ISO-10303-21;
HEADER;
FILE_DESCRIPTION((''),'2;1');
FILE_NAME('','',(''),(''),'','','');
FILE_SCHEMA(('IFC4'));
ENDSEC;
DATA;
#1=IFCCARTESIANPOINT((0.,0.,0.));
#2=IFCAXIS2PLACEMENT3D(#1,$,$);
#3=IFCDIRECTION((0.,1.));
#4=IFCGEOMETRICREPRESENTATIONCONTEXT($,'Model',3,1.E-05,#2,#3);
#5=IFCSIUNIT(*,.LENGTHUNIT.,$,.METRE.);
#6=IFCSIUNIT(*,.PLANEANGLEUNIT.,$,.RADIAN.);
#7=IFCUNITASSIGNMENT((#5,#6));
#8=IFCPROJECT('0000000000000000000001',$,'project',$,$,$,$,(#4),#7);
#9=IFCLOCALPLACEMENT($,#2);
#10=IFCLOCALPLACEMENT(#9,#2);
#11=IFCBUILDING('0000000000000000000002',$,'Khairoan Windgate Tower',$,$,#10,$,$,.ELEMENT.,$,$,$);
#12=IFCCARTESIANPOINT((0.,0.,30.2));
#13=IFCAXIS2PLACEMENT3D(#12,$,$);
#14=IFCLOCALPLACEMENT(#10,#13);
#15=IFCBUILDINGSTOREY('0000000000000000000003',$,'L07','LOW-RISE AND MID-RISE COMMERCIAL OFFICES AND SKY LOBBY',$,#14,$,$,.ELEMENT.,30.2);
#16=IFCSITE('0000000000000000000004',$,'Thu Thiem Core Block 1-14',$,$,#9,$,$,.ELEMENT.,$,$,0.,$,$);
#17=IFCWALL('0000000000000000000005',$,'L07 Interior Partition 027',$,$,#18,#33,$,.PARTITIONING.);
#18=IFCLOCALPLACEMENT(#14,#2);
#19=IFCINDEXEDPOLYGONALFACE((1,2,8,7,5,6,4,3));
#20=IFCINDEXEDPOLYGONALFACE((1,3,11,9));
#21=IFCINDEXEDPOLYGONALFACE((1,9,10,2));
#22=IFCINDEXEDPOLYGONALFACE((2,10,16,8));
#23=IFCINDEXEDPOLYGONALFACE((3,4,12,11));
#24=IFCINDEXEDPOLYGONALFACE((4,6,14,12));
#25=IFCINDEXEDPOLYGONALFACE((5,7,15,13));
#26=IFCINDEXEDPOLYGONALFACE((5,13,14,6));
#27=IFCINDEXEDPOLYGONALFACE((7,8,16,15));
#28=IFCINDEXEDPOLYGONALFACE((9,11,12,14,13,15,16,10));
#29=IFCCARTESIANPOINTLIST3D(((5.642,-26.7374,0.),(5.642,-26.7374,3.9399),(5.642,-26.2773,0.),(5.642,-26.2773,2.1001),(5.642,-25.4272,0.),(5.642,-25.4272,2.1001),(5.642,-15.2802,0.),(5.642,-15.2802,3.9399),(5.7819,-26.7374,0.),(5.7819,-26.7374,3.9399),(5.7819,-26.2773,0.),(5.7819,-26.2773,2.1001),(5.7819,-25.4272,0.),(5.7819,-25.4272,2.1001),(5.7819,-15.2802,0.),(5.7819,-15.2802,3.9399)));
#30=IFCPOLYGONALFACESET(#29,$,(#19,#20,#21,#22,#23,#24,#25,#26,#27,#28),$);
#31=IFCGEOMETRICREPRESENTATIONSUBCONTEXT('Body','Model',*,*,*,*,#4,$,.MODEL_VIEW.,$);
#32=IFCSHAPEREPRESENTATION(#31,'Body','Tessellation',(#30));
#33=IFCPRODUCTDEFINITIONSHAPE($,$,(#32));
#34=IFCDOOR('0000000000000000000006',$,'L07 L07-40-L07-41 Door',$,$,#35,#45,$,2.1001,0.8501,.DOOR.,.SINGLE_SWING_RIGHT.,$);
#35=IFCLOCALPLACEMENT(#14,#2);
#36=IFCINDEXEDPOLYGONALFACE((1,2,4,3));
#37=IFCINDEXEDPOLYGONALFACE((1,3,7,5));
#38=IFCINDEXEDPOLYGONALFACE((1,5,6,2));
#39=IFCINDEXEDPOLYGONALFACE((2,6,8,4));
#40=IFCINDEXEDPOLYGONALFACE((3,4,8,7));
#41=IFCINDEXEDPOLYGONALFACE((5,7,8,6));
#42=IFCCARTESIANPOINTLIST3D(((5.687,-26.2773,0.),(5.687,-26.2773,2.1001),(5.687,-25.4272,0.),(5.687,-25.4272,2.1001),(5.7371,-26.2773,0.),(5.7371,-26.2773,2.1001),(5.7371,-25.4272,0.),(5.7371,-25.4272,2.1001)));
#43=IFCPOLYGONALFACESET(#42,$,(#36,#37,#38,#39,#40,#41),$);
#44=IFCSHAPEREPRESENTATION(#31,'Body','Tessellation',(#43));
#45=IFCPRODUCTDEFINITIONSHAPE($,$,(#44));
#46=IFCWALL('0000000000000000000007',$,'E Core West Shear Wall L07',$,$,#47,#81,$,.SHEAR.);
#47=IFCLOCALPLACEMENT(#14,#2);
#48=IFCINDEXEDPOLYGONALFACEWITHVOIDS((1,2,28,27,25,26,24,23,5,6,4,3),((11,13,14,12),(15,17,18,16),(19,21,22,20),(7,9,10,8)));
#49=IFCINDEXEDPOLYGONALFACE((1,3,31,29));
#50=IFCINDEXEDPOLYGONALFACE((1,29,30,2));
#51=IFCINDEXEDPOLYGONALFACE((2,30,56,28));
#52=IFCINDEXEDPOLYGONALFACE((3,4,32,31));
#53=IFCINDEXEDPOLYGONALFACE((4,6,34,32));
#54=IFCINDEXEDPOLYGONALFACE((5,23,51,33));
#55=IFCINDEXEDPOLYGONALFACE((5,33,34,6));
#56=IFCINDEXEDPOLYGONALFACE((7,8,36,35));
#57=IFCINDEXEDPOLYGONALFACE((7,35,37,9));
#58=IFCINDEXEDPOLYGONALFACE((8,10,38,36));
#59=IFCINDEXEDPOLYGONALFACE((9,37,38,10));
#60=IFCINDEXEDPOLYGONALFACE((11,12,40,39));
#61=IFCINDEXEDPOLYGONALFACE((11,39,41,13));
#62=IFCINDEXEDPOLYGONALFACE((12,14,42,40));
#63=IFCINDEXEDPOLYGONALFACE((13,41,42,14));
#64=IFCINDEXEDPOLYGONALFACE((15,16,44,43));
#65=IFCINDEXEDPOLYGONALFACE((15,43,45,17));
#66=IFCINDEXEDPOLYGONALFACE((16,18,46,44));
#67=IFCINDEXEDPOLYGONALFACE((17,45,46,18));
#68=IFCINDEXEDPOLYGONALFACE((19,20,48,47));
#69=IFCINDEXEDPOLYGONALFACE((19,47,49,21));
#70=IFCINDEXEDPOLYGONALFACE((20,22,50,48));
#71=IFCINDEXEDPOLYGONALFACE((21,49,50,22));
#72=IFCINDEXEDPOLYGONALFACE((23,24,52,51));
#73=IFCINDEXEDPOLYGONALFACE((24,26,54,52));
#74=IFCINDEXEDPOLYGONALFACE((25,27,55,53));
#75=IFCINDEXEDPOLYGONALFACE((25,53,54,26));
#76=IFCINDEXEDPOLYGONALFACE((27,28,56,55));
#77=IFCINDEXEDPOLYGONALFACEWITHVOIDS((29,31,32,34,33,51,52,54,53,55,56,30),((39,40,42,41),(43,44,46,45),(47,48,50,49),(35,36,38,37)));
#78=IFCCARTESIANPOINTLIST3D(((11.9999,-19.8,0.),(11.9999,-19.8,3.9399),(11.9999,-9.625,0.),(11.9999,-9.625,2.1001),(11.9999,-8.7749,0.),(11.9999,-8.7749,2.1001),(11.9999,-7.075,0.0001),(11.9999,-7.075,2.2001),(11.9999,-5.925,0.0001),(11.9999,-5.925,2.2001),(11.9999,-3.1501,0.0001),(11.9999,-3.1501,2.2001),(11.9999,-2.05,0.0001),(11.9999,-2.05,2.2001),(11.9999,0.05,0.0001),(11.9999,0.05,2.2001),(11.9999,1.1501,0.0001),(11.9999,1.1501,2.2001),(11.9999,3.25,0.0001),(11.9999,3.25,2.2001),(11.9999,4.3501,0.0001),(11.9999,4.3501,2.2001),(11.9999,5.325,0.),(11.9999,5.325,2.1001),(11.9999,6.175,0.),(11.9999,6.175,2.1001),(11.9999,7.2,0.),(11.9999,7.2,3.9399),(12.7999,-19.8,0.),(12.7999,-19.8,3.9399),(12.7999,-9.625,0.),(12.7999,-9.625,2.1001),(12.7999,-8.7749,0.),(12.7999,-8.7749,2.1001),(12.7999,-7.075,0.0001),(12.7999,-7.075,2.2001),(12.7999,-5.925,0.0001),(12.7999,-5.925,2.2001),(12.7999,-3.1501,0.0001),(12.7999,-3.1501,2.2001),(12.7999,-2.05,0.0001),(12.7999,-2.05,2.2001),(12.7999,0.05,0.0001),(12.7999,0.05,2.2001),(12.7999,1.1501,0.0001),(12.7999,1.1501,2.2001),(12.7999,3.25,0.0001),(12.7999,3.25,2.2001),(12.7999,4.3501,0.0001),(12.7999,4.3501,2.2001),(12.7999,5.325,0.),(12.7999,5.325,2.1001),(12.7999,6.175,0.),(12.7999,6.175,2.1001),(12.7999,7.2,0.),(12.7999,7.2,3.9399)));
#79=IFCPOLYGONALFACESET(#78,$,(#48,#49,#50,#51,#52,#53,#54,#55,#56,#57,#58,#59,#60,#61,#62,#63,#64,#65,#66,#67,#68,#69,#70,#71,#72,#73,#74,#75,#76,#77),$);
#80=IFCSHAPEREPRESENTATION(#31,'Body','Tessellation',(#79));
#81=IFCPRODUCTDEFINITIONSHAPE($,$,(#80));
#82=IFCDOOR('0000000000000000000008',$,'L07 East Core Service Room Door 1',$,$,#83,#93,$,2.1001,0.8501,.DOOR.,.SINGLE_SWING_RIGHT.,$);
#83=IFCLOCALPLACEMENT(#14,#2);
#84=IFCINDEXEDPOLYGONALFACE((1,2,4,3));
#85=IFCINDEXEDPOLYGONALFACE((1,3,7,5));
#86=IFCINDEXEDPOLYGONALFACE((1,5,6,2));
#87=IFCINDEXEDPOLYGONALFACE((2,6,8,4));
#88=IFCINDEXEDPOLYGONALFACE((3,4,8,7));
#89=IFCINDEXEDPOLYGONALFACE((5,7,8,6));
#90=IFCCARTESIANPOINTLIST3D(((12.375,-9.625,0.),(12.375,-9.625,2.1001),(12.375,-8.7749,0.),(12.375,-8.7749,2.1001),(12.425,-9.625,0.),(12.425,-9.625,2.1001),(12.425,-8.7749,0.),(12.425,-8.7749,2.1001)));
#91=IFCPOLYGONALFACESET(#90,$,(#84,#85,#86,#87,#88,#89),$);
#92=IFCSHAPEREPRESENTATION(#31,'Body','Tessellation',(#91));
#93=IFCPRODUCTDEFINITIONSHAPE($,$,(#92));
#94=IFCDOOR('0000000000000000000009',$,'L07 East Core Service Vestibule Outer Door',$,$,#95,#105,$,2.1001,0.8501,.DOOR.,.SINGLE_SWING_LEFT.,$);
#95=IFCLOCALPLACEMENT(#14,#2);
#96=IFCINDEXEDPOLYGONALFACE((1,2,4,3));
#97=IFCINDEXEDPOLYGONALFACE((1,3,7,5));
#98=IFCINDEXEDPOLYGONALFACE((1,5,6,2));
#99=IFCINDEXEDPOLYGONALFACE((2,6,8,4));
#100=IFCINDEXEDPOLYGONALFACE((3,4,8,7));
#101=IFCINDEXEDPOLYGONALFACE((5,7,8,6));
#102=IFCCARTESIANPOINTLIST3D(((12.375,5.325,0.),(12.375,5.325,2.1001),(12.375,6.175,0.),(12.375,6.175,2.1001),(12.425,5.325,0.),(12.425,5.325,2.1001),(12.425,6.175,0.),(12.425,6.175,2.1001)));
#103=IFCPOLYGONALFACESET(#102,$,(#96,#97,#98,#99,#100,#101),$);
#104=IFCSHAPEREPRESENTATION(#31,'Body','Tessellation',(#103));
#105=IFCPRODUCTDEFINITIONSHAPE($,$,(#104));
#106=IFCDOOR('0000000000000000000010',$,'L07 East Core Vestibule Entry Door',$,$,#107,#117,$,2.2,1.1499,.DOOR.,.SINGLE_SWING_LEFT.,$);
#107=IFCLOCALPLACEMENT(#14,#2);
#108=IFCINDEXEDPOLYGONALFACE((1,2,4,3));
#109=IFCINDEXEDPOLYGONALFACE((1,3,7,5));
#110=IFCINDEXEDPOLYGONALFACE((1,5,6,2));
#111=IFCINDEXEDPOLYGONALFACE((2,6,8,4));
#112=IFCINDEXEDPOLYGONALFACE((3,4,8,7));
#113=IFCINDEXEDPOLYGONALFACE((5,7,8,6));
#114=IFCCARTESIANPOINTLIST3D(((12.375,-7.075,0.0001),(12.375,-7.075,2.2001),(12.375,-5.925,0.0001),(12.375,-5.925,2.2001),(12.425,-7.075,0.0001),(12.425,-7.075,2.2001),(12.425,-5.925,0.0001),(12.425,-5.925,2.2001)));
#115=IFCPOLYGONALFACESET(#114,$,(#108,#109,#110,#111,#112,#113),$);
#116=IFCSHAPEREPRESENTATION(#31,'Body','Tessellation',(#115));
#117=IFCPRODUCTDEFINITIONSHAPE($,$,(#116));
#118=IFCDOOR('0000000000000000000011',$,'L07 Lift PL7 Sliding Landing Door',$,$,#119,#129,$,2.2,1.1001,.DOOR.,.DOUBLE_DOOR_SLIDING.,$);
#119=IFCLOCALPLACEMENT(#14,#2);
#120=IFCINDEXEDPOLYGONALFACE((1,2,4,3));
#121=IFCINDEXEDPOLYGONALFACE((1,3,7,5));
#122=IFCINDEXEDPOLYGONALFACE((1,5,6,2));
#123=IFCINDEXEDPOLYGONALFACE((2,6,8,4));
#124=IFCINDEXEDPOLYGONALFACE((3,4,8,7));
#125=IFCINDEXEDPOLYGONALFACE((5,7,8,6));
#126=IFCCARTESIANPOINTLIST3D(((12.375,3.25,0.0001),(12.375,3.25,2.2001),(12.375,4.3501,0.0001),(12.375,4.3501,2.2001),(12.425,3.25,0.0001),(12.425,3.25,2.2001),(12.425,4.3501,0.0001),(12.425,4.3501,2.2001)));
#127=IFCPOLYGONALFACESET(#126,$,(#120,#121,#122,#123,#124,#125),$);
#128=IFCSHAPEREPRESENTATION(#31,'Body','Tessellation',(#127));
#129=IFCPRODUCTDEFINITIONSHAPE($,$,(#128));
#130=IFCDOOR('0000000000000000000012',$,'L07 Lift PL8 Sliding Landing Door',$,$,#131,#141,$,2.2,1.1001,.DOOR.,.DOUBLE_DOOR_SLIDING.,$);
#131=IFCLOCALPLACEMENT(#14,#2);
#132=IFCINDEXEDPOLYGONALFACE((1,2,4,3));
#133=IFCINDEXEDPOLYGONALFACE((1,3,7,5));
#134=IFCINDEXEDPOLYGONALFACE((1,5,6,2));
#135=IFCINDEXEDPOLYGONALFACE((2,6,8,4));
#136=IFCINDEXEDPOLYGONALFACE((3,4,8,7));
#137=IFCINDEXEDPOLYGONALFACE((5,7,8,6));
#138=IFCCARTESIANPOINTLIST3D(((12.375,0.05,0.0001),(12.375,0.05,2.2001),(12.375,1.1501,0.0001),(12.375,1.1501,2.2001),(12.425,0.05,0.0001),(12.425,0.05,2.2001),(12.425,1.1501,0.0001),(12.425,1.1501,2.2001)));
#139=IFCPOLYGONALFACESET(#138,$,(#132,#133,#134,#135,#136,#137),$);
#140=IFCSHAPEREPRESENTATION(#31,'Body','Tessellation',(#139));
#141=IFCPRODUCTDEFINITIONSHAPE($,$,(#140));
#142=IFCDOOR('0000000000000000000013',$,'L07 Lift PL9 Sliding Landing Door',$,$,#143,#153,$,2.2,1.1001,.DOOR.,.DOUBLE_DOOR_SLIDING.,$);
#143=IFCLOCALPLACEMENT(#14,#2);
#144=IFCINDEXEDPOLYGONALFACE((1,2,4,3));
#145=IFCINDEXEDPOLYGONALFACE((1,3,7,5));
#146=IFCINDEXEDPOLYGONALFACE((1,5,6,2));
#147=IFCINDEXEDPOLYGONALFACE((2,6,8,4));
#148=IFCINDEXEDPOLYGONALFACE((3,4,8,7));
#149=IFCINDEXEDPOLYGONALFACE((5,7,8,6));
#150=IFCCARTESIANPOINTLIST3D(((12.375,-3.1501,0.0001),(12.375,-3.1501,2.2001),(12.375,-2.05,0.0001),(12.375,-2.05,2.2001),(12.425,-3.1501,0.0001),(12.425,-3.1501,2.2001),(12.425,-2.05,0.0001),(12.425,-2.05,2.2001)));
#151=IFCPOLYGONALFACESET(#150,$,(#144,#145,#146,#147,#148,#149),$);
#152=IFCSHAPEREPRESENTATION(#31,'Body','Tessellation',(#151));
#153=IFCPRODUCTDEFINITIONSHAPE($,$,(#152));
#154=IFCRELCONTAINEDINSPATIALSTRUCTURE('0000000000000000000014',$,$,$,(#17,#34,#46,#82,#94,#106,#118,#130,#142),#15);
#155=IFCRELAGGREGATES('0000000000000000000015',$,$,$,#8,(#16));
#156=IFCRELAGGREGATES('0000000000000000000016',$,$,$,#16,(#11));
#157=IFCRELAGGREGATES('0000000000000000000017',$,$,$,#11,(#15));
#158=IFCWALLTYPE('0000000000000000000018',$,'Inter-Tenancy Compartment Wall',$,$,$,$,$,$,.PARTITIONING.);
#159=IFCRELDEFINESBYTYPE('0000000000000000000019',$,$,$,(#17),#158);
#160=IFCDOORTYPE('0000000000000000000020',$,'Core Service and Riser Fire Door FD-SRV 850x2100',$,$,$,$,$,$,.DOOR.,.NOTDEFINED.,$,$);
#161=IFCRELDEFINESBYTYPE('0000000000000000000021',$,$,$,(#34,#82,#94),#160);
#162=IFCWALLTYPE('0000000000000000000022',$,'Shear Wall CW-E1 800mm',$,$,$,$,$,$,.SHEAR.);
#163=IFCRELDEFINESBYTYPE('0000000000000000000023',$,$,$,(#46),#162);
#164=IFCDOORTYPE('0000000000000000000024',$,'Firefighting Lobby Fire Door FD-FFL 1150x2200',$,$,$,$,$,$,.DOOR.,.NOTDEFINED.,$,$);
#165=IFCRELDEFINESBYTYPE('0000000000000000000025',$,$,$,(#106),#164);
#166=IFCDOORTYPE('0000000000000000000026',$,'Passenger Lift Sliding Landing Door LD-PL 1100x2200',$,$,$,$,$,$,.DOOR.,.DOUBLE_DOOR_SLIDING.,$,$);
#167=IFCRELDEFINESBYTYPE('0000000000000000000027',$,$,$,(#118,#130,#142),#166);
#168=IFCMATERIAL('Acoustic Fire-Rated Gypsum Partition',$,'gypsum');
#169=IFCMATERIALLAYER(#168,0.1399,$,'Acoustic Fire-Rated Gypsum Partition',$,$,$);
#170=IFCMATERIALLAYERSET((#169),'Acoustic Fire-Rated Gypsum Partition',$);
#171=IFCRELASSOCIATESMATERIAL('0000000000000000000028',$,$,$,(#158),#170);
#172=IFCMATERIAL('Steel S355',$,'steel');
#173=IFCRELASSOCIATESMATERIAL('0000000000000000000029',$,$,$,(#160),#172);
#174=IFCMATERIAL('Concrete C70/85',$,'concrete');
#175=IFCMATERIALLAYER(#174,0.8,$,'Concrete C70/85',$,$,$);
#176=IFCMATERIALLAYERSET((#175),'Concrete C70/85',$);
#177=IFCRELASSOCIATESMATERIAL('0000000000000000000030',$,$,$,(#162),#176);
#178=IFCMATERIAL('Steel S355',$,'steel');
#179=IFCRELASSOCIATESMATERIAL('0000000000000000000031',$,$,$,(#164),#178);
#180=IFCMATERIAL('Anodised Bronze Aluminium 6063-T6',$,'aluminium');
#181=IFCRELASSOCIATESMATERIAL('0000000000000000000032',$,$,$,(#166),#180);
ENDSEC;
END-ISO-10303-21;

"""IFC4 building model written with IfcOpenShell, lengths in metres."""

from ifc_helpers import new_model, si_unit, direction, frame, frame_2d, origin, place, context, subcontext, project, spatial, rectangle, extrude, material, layer, layer_set, type_object, element, fill, save


model = new_model("IFC4")

# Units and contexts
model_context = context("Model", 3, precision=1e-05, world=origin(), true_north=direction((0.0, 1.0)))
body_context = subcontext(model_context, "Body", "Model", "MODEL_VIEW")
ifc_project = project(units=[si_unit("LENGTHUNIT", "METRE"), si_unit("PLANEANGLEUNIT", "RADIAN")], contexts=[model_context])

# Site, building, storey
site_placement = place(None, origin())
site = spatial("IfcSite", under=ifc_project, at=site_placement, Name="Thu Thiem Core Block 1-14", CompositionType="ELEMENT", RefElevation=0.0)
building_placement = place(site_placement, origin())
building = spatial("IfcBuilding", under=site, at=building_placement, Name="Khairoan Windgate Tower", CompositionType="ELEMENT")
storey_placement = place(building_placement, frame((0.0, 0.0, 30.2)))
storey = spatial("IfcBuildingStorey", under=building, at=storey_placement, Name="L07", Description="LOW-RISE AND MID-RISE COMMERCIAL OFFICES AND SKY LOBBY", CompositionType="ELEMENT", Elevation=30.2)

# Wall, opening, door
ifc_material_1 = material(Name="Acoustic Fire-Rated Gypsum Partition", Category="gypsum")
ifc_layer_1 = layer(ifc_material_1, 0.1399, Name="Acoustic Fire-Rated Gypsum Partition")
ifc_layer_set_1 = layer_set([ifc_layer_1], Name="Acoustic Fire-Rated Gypsum Partition")
wall_type_1 = type_object("IfcWallType", Name="Inter-Tenancy Compartment Wall", PredefinedType="PARTITIONING", material=ifc_layer_set_1)
wall_1_placement = place(storey_placement, frame((5.7119, -26.7373, 0.0), z_axis=(0.0, 0.0, 1.0), x_axis=(0.0, 1.0, 0.0)))
wall_1 = element("IfcWall", 1, at=wall_1_placement, inside=storey, type_object=wall_type_1, Name="L07 Interior Partition 027", PredefinedType="PARTITIONING", context=body_context, shape_type="SweptSolid", body=[
    extrude(rectangle(XDim=11.4573, YDim=0.1399, at=frame_2d((5.7285, 0.0))), origin(), (0.0, 0.0, 1.0), 3.9399),
])
opening_1_placement = place(wall_1_placement, frame((0.46, 0.0, 0.0)))
opening_1 = element("IfcOpeningElement", 2, at=opening_1_placement, cuts=wall_1, PredefinedType="OPENING", context=body_context, shape_type="SweptSolid", body=[
    extrude(rectangle(XDim=0.8501, YDim=2.1001, at=frame_2d((0.425, 1.05))), frame((0.0, 0.0798, 0.0), z_axis=(0.0, -1.0, 0.0), x_axis=(1.0, 0.0, 0.0)), (0.0, 0.0, 1.0), 0.1599),
])
ifc_material_2 = material(Name="Steel S355", Category="steel")
door_type_1 = type_object("IfcDoorType", Name="Core Service and Riser Fire Door FD-SRV 850x2100", OperationType="NOTDEFINED", PredefinedType="DOOR", material=ifc_material_2)
door_1_placement = place(opening_1_placement, origin())
door_1 = element("IfcDoor", 3, at=door_1_placement, inside=storey, type_object=door_type_1, Name="L07 L07-40-L07-41 Door", OperationType="SINGLE_SWING_RIGHT", OverallHeight=2.1001, OverallWidth=0.8501, PredefinedType="DOOR", context=body_context, shape_type="SweptSolid", body=[
    extrude(rectangle(XDim=0.8501, YDim=2.1001, at=frame_2d((0.425, 1.05))), frame((0.0, 0.0249, 0.0), z_axis=(0.0, -1.0, 0.0), x_axis=(1.0, 0.0, 0.0)), (0.0, 0.0, 1.0), 0.05),
])
fill(opening_1, door_1)

# Wall, openings, doors
ifc_material_3 = material(Name="Concrete C70/85", Category="concrete")
ifc_layer_2 = layer(ifc_material_3, 0.8, Name="Concrete C70/85")
ifc_layer_set_2 = layer_set([ifc_layer_2], Name="Concrete C70/85")
wall_type_2 = type_object("IfcWallType", Name="Shear Wall CW-E1 800mm", PredefinedType="SHEAR", material=ifc_layer_set_2)
wall_2_placement = place(storey_placement, frame((12.3999, -19.8, 0.0), z_axis=(0.0, 0.0, 1.0), x_axis=(0.0, 1.0, 0.0)))
wall_2 = element("IfcWall", 4, at=wall_2_placement, inside=storey, type_object=wall_type_2, Name="E Core West Shear Wall L07", PredefinedType="SHEAR", context=body_context, shape_type="SweptSolid", body=[
    extrude(rectangle(XDim=27.0, YDim=0.8, at=frame_2d((13.5, 0.0))), origin(), (0.0, 0.0, 1.0), 3.9399),
])
opening_2_placement = place(wall_2_placement, frame((23.05, 0.0, 0.0)))
opening_2 = element("IfcOpeningElement", 5, at=opening_2_placement, cuts=wall_2, PredefinedType="OPENING", context=body_context, shape_type="SweptSolid", body=[
    extrude(rectangle(XDim=1.1001, YDim=2.2, at=frame_2d((0.55, 1.1001))), frame((0.0, 0.4099, 0.0), z_axis=(0.0, -1.0, 0.0), x_axis=(1.0, 0.0, 0.0)), (0.0, 0.0, 1.0), 0.8201),
])
opening_3_placement = place(wall_2_placement, frame((19.8501, 0.0, 0.0)))
opening_3 = element("IfcOpeningElement", 6, at=opening_3_placement, cuts=wall_2, PredefinedType="OPENING", context=body_context, shape_type="SweptSolid", body=[
    extrude(rectangle(XDim=1.1001, YDim=2.2, at=frame_2d((0.55, 1.1001))), frame((0.0, 0.4099, 0.0), z_axis=(0.0, -1.0, 0.0), x_axis=(1.0, 0.0, 0.0)), (0.0, 0.0, 1.0), 0.8201),
])
opening_4_placement = place(wall_2_placement, frame((16.6499, 0.0, 0.0)))
opening_4 = element("IfcOpeningElement", 7, at=opening_4_placement, cuts=wall_2, PredefinedType="OPENING", context=body_context, shape_type="SweptSolid", body=[
    extrude(rectangle(XDim=1.1001, YDim=2.2, at=frame_2d((0.55, 1.1001))), frame((0.0, 0.4099, 0.0), z_axis=(0.0, -1.0, 0.0), x_axis=(1.0, 0.0, 0.0)), (0.0, 0.0, 1.0), 0.8201),
])
opening_5_placement = place(wall_2_placement, frame((10.175, 0.0, 0.0)))
opening_5 = element("IfcOpeningElement", 8, at=opening_5_placement, cuts=wall_2, PredefinedType="OPENING", context=body_context, shape_type="SweptSolid", body=[
    extrude(rectangle(XDim=0.8501, YDim=2.1001, at=frame_2d((0.425, 1.05))), frame((0.0, 0.4099, 0.0), z_axis=(0.0, -1.0, 0.0), x_axis=(1.0, 0.0, 0.0)), (0.0, 0.0, 1.0), 0.8201),
])
opening_6_placement = place(wall_2_placement, frame((12.7251, 0.0, 0.0)))
opening_6 = element("IfcOpeningElement", 9, at=opening_6_placement, cuts=wall_2, PredefinedType="OPENING", context=body_context, shape_type="SweptSolid", body=[
    extrude(rectangle(XDim=1.1499, YDim=2.2, at=frame_2d((0.575, 1.1001))), frame((0.0, 0.4099, 0.0), z_axis=(0.0, -1.0, 0.0), x_axis=(1.0, 0.0, 0.0)), (0.0, 0.0, 1.0), 0.8201),
])
opening_7_placement = place(wall_2_placement, frame((25.125, 0.0, 0.0)))
opening_7 = element("IfcOpeningElement", 10, at=opening_7_placement, cuts=wall_2, PredefinedType="OPENING", context=body_context, shape_type="SweptSolid", body=[
    extrude(rectangle(XDim=0.8501, YDim=2.1001, at=frame_2d((0.425, 1.05))), frame((0.0, 0.4099, 0.0), z_axis=(0.0, -1.0, 0.0), x_axis=(1.0, 0.0, 0.0)), (0.0, 0.0, 1.0), 0.8201),
])
door_2_placement = place(opening_5_placement, origin())
door_2 = element("IfcDoor", 11, at=door_2_placement, inside=storey, type_object=door_type_1, Name="L07 East Core Service Room Door 1", OperationType="SINGLE_SWING_RIGHT", OverallHeight=2.1001, OverallWidth=0.8501, PredefinedType="DOOR", context=body_context, shape_type="SweptSolid", body=[
    extrude(rectangle(XDim=0.8501, YDim=2.1001, at=frame_2d((0.425, 1.05))), frame((0.0, 0.0249, 0.0), z_axis=(0.0, -1.0, 0.0), x_axis=(1.0, 0.0, 0.0)), (0.0, 0.0, 1.0), 0.05),
])
fill(opening_5, door_2)
door_3_placement = place(opening_7_placement, origin())
door_3 = element("IfcDoor", 12, at=door_3_placement, inside=storey, type_object=door_type_1, Name="L07 East Core Service Vestibule Outer Door", OperationType="SINGLE_SWING_LEFT", OverallHeight=2.1001, OverallWidth=0.8501, PredefinedType="DOOR", context=body_context, shape_type="SweptSolid", body=[
    extrude(rectangle(XDim=0.8501, YDim=2.1001, at=frame_2d((0.425, 1.05))), frame((0.0, 0.0249, 0.0), z_axis=(0.0, -1.0, 0.0), x_axis=(1.0, 0.0, 0.0)), (0.0, 0.0, 1.0), 0.05),
])
fill(opening_7, door_3)
ifc_material_4 = material(Name="Steel S355", Category="steel")
door_type_2 = type_object("IfcDoorType", Name="Firefighting Lobby Fire Door FD-FFL 1150x2200", OperationType="NOTDEFINED", PredefinedType="DOOR", material=ifc_material_4)
door_4_placement = place(opening_6_placement, origin())
door_4 = element("IfcDoor", 13, at=door_4_placement, inside=storey, type_object=door_type_2, Name="L07 East Core Vestibule Entry Door", OperationType="SINGLE_SWING_LEFT", OverallHeight=2.2, OverallWidth=1.1499, PredefinedType="DOOR", context=body_context, shape_type="SweptSolid", body=[
    extrude(rectangle(XDim=1.1499, YDim=2.2, at=frame_2d((0.575, 1.1001))), frame((0.0, 0.0249, 0.0), z_axis=(0.0, -1.0, 0.0), x_axis=(1.0, 0.0, 0.0)), (0.0, 0.0, 1.0), 0.05),
])
fill(opening_6, door_4)
ifc_material_5 = material(Name="Anodised Bronze Aluminium 6063-T6", Category="aluminium")
door_type_3 = type_object("IfcDoorType", Name="Passenger Lift Sliding Landing Door LD-PL 1100x2200", OperationType="DOUBLE_DOOR_SLIDING", PredefinedType="DOOR", material=ifc_material_5)
door_5_placement = place(opening_2_placement, origin())
door_5 = element("IfcDoor", 14, at=door_5_placement, inside=storey, type_object=door_type_3, Name="L07 Lift PL7 Sliding Landing Door", OperationType="DOUBLE_DOOR_SLIDING", OverallHeight=2.2, OverallWidth=1.1001, PredefinedType="DOOR", context=body_context, shape_type="SweptSolid", body=[
    extrude(rectangle(XDim=1.1001, YDim=2.2, at=frame_2d((0.55, 1.1001))), frame((0.0, 0.0249, 0.0), z_axis=(0.0, -1.0, 0.0), x_axis=(1.0, 0.0, 0.0)), (0.0, 0.0, 1.0), 0.05),
])
fill(opening_2, door_5)
door_6_placement = place(opening_3_placement, origin())
door_6 = element("IfcDoor", 15, at=door_6_placement, inside=storey, type_object=door_type_3, Name="L07 Lift PL8 Sliding Landing Door", OperationType="DOUBLE_DOOR_SLIDING", OverallHeight=2.2, OverallWidth=1.1001, PredefinedType="DOOR", context=body_context, shape_type="SweptSolid", body=[
    extrude(rectangle(XDim=1.1001, YDim=2.2, at=frame_2d((0.55, 1.1001))), frame((0.0, 0.0249, 0.0), z_axis=(0.0, -1.0, 0.0), x_axis=(1.0, 0.0, 0.0)), (0.0, 0.0, 1.0), 0.05),
])
fill(opening_3, door_6)
door_7_placement = place(opening_4_placement, origin())
door_7 = element("IfcDoor", 16, at=door_7_placement, inside=storey, type_object=door_type_3, Name="L07 Lift PL9 Sliding Landing Door", OperationType="DOUBLE_DOOR_SLIDING", OverallHeight=2.2, OverallWidth=1.1001, PredefinedType="DOOR", context=body_context, shape_type="SweptSolid", body=[
    extrude(rectangle(XDim=1.1001, YDim=2.2, at=frame_2d((0.55, 1.1001))), frame((0.0, 0.0249, 0.0), z_axis=(0.0, -1.0, 0.0), x_axis=(1.0, 0.0, 0.0)), (0.0, 0.0, 1.0), 0.05),
])
fill(opening_4, door_7)

save(model, "model.ifc")
